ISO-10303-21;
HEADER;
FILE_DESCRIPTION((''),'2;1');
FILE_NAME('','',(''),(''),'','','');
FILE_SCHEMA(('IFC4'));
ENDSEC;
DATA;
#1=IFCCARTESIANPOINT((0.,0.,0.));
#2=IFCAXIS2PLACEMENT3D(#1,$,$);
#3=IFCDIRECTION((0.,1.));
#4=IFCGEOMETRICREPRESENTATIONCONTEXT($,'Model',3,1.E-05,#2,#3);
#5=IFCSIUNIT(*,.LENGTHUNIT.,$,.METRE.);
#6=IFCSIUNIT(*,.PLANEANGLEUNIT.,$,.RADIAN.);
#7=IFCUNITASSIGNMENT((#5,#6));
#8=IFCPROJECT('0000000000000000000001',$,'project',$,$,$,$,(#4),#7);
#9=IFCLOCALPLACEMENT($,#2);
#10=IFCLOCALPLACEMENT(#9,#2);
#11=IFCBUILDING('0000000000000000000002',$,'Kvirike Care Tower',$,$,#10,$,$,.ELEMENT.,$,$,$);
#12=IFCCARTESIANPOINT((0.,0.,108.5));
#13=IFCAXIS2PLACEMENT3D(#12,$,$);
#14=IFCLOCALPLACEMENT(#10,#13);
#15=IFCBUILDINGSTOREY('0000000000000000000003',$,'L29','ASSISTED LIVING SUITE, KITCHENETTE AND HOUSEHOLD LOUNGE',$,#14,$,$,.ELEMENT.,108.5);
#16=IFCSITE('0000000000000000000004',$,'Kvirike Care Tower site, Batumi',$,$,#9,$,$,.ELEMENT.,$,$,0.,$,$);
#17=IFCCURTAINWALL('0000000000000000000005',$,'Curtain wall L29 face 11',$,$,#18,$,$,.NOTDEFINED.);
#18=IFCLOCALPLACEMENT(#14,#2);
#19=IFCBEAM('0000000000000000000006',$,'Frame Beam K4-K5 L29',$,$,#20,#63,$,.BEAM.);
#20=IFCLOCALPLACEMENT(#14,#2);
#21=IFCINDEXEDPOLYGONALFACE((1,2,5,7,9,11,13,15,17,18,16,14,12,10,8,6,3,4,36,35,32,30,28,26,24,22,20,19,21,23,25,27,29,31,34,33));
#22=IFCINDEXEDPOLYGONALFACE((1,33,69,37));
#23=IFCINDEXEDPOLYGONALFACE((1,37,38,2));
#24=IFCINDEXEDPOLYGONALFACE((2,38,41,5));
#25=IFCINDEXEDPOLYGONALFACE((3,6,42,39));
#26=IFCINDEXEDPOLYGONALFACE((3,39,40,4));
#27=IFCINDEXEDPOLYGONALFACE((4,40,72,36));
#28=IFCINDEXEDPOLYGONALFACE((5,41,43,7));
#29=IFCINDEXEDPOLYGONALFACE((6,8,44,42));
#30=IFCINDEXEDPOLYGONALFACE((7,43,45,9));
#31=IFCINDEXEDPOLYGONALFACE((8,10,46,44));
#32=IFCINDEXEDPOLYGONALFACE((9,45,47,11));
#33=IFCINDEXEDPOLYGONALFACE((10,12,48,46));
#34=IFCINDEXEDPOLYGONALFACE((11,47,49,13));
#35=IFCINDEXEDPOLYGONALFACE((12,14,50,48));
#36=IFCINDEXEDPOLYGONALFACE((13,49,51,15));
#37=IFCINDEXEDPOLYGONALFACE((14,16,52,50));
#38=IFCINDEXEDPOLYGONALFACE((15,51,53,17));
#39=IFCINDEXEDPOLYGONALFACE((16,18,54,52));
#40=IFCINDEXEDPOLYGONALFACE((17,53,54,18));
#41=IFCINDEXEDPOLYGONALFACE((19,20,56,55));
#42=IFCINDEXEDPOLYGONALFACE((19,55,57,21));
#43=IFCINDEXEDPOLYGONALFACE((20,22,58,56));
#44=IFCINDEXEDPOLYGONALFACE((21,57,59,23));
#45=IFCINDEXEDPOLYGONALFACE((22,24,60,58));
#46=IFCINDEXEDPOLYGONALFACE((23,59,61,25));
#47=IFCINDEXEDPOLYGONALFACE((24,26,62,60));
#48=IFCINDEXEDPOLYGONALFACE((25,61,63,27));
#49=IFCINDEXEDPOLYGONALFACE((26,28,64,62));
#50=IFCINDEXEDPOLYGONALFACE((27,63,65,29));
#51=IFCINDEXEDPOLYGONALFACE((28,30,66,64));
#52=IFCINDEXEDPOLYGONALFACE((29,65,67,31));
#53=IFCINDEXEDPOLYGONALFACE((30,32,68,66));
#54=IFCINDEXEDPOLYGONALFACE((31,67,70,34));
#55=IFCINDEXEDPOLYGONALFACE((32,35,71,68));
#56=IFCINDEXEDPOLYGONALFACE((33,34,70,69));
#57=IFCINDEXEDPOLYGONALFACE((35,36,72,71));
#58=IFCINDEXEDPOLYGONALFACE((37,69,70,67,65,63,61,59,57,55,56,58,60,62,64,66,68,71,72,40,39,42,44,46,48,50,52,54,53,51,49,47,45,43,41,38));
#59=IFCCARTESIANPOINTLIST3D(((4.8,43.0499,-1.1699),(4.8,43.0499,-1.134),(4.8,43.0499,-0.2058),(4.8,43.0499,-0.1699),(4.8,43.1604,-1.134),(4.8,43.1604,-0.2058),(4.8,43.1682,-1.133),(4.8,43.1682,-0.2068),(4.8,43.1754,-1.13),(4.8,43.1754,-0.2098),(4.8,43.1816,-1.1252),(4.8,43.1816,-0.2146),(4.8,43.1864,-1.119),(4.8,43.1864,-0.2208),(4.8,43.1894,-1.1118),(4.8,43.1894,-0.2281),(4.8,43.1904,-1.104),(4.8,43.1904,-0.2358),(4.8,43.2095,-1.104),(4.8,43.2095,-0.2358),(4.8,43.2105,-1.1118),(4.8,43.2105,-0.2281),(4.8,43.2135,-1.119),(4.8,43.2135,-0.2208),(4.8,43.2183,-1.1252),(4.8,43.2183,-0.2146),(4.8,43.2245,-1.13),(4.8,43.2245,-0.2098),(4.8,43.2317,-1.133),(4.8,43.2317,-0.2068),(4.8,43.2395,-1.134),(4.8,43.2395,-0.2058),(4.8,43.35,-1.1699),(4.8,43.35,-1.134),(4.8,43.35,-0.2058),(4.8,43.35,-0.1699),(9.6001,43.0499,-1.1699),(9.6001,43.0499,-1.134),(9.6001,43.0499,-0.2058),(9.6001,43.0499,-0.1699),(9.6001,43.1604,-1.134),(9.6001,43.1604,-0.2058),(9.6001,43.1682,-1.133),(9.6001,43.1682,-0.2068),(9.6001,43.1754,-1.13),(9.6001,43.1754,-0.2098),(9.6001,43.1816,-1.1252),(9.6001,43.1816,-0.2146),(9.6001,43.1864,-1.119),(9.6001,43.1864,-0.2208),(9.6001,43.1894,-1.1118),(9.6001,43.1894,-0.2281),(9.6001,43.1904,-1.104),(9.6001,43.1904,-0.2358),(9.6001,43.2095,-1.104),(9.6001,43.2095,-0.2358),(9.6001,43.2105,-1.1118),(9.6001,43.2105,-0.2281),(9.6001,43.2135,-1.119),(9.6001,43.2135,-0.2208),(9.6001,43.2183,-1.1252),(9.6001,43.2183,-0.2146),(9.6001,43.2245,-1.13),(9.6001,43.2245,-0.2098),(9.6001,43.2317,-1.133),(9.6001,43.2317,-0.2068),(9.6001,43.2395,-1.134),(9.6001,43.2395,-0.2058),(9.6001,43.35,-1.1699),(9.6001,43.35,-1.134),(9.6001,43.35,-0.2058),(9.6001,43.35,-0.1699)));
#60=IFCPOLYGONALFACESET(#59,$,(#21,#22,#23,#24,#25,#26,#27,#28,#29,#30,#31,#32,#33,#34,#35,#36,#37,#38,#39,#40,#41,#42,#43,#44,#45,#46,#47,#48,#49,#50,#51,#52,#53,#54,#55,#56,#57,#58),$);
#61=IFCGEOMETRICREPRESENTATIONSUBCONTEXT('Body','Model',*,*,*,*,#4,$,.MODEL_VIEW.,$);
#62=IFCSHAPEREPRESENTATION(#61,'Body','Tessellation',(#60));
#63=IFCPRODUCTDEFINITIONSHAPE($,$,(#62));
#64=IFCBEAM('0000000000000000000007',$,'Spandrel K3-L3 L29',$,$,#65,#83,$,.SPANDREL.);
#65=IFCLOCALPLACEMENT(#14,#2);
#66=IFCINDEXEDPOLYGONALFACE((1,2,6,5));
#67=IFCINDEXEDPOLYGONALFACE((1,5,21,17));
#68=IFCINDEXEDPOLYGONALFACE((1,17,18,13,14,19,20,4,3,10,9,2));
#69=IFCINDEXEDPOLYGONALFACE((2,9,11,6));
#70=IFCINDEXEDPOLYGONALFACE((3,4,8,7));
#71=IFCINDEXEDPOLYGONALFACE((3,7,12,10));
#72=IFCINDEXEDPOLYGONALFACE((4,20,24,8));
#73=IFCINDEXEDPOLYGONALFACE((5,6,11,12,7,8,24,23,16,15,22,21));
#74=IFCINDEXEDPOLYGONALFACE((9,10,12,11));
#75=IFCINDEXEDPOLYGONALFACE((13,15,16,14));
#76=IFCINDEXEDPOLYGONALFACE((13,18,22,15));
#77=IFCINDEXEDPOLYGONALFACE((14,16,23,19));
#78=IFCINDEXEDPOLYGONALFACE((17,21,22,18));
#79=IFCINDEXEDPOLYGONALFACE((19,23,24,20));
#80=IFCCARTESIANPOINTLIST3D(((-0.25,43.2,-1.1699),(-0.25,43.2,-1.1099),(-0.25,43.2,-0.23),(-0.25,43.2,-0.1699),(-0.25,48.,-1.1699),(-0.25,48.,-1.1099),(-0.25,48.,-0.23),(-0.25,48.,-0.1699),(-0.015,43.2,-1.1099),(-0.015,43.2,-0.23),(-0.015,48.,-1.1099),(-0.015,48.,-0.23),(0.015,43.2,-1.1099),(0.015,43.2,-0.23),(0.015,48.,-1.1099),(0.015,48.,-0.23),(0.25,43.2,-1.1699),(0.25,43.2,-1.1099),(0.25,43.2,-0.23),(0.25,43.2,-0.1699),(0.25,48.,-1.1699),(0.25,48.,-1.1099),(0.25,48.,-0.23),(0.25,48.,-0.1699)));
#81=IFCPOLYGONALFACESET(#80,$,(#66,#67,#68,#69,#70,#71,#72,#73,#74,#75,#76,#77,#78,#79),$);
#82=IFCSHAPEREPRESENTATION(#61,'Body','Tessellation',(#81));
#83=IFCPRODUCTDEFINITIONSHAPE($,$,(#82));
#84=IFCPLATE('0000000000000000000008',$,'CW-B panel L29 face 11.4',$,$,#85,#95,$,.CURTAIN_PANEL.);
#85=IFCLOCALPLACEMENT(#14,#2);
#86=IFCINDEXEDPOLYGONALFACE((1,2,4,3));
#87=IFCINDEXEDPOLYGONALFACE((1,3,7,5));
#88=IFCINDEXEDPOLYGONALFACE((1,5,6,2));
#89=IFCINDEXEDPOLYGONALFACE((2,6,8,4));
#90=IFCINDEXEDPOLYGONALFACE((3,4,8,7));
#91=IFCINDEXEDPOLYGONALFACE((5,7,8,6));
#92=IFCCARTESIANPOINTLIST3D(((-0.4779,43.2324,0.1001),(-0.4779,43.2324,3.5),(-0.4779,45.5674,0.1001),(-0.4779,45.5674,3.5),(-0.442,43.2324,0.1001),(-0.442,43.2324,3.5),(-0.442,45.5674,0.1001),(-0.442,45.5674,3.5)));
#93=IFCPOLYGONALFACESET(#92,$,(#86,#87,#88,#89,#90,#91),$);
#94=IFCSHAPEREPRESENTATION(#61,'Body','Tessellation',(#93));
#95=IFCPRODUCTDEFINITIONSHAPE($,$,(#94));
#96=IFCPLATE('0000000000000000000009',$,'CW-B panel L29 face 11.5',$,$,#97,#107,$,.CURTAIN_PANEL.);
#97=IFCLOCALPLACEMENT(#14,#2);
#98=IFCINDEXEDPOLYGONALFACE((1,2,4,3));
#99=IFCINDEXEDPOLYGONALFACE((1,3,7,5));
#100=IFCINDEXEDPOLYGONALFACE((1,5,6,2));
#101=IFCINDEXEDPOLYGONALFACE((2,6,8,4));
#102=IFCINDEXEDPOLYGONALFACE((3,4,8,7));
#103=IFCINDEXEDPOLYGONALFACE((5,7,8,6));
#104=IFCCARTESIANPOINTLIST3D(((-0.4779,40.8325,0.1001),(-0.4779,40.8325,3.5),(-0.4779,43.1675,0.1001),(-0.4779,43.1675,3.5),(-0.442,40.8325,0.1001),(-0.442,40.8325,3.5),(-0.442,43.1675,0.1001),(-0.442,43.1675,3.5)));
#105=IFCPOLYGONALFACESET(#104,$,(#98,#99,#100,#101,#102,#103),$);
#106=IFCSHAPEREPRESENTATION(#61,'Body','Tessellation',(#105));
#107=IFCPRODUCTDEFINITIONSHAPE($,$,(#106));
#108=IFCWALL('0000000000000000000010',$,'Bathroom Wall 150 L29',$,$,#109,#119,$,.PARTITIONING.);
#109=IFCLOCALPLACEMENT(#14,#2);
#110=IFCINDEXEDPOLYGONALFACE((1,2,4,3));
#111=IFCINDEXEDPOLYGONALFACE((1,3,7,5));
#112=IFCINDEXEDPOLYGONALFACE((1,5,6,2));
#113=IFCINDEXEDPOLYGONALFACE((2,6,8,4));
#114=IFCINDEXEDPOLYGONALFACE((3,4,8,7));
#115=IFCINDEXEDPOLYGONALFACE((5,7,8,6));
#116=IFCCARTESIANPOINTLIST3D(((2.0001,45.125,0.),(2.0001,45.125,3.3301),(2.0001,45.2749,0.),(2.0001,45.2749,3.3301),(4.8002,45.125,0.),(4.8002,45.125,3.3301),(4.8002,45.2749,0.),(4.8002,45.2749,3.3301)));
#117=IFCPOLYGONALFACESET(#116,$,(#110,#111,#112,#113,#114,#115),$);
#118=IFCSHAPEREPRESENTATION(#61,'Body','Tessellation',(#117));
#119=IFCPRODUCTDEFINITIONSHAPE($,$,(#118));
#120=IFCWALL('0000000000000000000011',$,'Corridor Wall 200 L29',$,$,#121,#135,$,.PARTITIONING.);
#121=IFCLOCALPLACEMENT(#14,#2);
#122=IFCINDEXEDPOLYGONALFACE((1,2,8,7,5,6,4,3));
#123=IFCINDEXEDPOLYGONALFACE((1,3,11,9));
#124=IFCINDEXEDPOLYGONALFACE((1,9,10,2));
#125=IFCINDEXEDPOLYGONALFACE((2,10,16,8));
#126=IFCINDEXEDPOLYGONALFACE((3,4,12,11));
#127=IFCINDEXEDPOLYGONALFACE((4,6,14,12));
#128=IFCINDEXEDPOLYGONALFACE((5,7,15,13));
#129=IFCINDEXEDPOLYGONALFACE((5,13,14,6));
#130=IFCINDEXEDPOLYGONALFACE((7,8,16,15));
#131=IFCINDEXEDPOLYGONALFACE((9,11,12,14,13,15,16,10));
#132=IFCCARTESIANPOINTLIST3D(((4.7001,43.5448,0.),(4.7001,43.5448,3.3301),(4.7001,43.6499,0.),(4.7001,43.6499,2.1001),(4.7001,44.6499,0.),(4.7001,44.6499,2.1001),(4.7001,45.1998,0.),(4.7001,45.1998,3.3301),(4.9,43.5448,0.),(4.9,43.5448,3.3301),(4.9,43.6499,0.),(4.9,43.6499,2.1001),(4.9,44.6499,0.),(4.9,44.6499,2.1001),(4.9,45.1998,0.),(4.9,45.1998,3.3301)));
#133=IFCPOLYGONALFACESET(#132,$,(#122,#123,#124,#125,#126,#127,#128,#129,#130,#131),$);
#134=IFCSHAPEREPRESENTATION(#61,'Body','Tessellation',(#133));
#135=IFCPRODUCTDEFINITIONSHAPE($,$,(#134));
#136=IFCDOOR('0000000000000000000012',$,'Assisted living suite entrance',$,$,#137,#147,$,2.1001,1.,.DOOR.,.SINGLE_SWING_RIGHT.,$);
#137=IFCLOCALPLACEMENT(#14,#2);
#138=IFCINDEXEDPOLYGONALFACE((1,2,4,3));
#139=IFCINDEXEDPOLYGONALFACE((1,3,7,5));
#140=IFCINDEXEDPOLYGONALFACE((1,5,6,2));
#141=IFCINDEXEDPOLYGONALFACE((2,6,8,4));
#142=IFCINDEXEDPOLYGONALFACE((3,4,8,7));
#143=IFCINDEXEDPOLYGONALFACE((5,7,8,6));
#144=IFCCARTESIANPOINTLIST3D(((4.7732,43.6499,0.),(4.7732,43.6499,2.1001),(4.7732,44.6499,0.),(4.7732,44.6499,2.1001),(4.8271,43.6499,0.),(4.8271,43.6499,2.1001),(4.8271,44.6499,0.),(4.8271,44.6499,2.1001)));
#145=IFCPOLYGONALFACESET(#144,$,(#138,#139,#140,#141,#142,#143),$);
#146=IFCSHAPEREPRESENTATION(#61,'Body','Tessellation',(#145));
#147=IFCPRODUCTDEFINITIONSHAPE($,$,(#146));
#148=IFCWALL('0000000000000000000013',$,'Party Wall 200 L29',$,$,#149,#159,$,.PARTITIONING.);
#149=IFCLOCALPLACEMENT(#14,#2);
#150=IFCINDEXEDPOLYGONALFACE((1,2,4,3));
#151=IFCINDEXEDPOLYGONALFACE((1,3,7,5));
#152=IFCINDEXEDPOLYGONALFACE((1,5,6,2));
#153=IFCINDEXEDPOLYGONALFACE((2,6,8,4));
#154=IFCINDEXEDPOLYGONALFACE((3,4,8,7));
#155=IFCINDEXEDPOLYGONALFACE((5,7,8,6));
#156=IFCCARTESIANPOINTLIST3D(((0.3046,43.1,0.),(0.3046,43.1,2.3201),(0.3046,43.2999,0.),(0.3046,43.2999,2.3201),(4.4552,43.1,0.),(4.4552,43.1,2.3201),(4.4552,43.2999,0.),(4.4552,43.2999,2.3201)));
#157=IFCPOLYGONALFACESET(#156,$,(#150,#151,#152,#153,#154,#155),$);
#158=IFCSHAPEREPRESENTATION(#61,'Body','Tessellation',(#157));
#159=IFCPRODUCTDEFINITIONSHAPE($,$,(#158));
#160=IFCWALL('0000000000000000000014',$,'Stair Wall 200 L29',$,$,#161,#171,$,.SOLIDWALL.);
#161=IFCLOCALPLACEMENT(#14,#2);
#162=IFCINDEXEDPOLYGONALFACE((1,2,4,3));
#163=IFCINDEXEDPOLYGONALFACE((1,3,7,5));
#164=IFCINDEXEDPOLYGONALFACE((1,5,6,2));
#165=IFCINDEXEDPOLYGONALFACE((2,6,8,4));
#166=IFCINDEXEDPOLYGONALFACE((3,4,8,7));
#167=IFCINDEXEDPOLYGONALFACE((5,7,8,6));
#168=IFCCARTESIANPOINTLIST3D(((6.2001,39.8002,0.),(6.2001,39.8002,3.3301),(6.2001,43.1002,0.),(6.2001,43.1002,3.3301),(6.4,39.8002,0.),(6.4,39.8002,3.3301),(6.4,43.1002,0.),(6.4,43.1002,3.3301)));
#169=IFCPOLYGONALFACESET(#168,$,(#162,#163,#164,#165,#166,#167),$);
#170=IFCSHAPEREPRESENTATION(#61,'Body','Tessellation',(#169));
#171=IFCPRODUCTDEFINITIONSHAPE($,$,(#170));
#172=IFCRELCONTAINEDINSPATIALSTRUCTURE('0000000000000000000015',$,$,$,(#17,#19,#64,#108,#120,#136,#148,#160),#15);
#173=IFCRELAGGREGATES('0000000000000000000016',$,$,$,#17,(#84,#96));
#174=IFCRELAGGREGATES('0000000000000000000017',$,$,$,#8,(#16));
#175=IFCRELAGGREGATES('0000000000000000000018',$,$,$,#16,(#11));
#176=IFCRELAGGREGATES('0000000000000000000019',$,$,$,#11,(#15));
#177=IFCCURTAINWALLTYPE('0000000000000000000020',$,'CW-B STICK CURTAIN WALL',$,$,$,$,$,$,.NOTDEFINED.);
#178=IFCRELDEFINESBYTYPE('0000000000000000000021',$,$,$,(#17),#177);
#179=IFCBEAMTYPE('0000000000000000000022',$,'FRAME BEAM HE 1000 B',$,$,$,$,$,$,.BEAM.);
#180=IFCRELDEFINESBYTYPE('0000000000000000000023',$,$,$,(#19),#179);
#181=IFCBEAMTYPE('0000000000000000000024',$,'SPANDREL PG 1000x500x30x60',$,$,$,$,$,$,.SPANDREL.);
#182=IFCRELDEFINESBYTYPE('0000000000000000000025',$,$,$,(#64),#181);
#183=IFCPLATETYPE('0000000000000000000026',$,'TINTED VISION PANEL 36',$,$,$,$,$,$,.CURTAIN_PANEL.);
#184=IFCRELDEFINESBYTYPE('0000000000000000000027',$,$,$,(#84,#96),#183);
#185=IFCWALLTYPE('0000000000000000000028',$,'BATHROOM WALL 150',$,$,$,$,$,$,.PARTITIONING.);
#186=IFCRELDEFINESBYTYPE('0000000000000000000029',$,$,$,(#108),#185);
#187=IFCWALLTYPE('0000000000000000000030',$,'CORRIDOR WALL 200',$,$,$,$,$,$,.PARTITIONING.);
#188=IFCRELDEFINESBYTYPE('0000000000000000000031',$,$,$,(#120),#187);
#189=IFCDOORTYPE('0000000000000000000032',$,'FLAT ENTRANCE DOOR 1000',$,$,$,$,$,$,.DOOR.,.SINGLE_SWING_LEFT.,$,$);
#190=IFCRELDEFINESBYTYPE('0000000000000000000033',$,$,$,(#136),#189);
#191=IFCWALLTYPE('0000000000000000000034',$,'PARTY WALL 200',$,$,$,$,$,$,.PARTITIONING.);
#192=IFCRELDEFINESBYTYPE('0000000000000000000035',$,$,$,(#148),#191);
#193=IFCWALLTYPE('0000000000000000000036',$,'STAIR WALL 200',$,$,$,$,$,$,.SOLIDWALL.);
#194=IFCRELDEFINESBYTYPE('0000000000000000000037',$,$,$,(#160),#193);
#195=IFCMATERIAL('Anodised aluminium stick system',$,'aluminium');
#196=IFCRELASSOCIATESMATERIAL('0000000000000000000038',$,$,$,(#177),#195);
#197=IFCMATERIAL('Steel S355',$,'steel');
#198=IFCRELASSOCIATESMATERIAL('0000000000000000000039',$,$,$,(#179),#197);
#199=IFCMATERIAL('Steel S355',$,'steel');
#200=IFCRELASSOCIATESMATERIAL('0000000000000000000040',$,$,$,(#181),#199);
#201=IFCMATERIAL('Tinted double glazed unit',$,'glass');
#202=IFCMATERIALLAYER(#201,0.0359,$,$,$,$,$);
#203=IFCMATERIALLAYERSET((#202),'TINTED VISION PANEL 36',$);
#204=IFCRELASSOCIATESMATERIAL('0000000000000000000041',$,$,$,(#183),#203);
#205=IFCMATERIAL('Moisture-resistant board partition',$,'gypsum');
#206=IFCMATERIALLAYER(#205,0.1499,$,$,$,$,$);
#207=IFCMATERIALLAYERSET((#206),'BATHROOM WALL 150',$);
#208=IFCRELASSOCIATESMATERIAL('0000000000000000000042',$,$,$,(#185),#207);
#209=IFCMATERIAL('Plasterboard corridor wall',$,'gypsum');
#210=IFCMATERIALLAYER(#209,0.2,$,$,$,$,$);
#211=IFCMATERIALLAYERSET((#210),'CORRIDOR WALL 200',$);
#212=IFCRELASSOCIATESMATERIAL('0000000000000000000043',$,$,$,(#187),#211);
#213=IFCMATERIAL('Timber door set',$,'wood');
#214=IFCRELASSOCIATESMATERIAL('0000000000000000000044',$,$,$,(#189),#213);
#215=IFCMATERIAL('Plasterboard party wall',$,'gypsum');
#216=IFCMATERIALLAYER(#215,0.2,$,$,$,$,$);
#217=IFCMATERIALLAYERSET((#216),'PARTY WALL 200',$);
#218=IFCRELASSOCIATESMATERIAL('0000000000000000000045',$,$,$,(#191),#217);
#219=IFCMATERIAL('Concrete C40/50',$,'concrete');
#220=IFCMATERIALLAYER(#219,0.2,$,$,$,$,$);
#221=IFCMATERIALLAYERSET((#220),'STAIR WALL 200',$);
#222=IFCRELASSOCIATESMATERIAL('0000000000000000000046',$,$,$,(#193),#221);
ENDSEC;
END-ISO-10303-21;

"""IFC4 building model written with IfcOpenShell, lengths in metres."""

from ifc_helpers import new_model, si_unit, direction, frame, frame_2d, origin, origin_2d, place, context, subcontext, project, spatial, rectangle, i_section, extrude, material, layer, layer_set, material_profile, profile_set, type_object, element, fill, aggregate, save


model = new_model("IFC4")

# Units and contexts
model_context = context("Model", 3, precision=1e-05, world=origin(), true_north=direction((0.0, 1.0)))
body_context = subcontext(model_context, "Body", "Model", "MODEL_VIEW")
ifc_project = project(units=[si_unit("LENGTHUNIT", "METRE"), si_unit("PLANEANGLEUNIT", "RADIAN")], contexts=[model_context])

# Site, building, storey
site_placement = place(None, origin())
site = spatial("IfcSite", under=ifc_project, at=site_placement, Name="Kvirike Care Tower site, Batumi", CompositionType="ELEMENT", RefElevation=0.0)
building_placement = place(site_placement, origin())
building = spatial("IfcBuilding", under=site, at=building_placement, Name="Kvirike Care Tower", CompositionType="ELEMENT")
storey_placement = place(building_placement, frame((0.0, 0.0, 108.5)))
storey = spatial("IfcBuildingStorey", under=building, at=storey_placement, Name="L29", Description="ASSISTED LIVING SUITE, KITCHENETTE AND HOUSEHOLD LOUNGE", CompositionType="ELEMENT", Elevation=108.5)

# Curtain wall
ifc_material_1 = material(Name="Anodised aluminium stick system", Category="aluminium")
curtain_wall_type = type_object("IfcCurtainWallType", Name="CW-B STICK CURTAIN WALL", PredefinedType="NOTDEFINED", material=ifc_material_1)
curtain_wall_placement = place(storey_placement, origin())
curtain_wall = element("IfcCurtainWall", 1, at=curtain_wall_placement, inside=storey, type_object=curtain_wall_type, Name="Curtain wall L29 face 11", PredefinedType="NOTDEFINED")

# Beams
ifc_material_2 = material(Name="Steel S355", Category="steel")
ifc_material_profile_1 = material_profile(ifc_material_2, i_section(OverallWidth=0.3, OverallDepth=1.0, WebThickness=0.019, FlangeThickness=0.0359, FilletRadius=0.03, at=origin_2d()), Name="HE 1000 B")
ifc_profile_set_1 = profile_set([ifc_material_profile_1], Name="Steel S355")
beam_type_1 = type_object("IfcBeamType", Name="FRAME BEAM HE 1000 B", PredefinedType="BEAM", material=ifc_profile_set_1)
for number, where, z_axis, x_axis, name in (
    (2, (4.8, 43.2, -0.6699), (1.0, 0.0, 0.0), (0.0, 1.0, 0.0), "Frame Beam K4-K5 L29"),
):
    element("IfcBeam", number, at=place(storey_placement, frame(where, z_axis=z_axis, x_axis=x_axis)), inside=storey, type_object=beam_type_1, Name=name, PredefinedType="BEAM", context=body_context, shape_type="SweptSolid", body=[
        extrude(i_section(OverallWidth=0.3, OverallDepth=1.0, WebThickness=0.019, FlangeThickness=0.0359, FilletRadius=0.03, at=origin_2d()), origin(), (0.0, 0.0, 1.0), 4.8),
    ])
ifc_material_3 = material(Name="Steel S355", Category="steel")
ifc_material_profile_2 = material_profile(ifc_material_3, i_section(OverallWidth=0.5, OverallDepth=1.0, WebThickness=0.03, FlangeThickness=0.0601, at=origin_2d()), Name="PG 1000x500x30x60")
ifc_profile_set_2 = profile_set([ifc_material_profile_2], Name="Steel S355")
beam_type_2 = type_object("IfcBeamType", Name="SPANDREL PG 1000x500x30x60", PredefinedType="SPANDREL", material=ifc_profile_set_2)
beam_placement = place(storey_placement, frame((0.0, 43.2, -0.6699), z_axis=(0.0, 1.0, 0.0), x_axis=(-1.0, 0.0, 0.0)))
element("IfcBeam", 3, at=beam_placement, inside=storey, type_object=beam_type_2, Name="Spandrel K3-L3 L29", PredefinedType="SPANDREL", context=body_context, shape_type="SweptSolid", body=[
    extrude(i_section(OverallWidth=0.5, OverallDepth=1.0, WebThickness=0.03, FlangeThickness=0.0601, at=origin_2d()), origin(), (0.0, 0.0, 1.0), 4.8),
])

# Plates
ifc_material_4 = material(Name="Tinted double glazed unit", Category="glass")
ifc_layer_1 = layer(ifc_material_4, 0.0359)
ifc_layer_set_1 = layer_set([ifc_layer_1], Name="TINTED VISION PANEL 36")
plate_type = type_object("IfcPlateType", Name="TINTED VISION PANEL 36", PredefinedType="CURTAIN_PANEL", material=ifc_layer_set_1)
plate_1_placement = place(storey_placement, frame((-0.46, 44.3999, 0.1001), z_axis=(0.0, 0.0, 1.0), x_axis=(0.0, -1.0, 0.0)))
plate_1 = element("IfcPlate", 4, at=plate_1_placement, type_object=plate_type, Name="CW-B panel L29 face 11.4", PredefinedType="CURTAIN_PANEL", context=body_context, shape_type="SweptSolid", body=[
    extrude(rectangle(XDim=2.335, YDim=0.0359, at=origin_2d()), origin(), (0.0, 0.0, 1.0), 3.3999),
])
plate_2_placement = place(storey_placement, frame((-0.46, 42.0, 0.1001), z_axis=(0.0, 0.0, 1.0), x_axis=(0.0, -1.0, 0.0)))
plate_2 = element("IfcPlate", 5, at=plate_2_placement, type_object=plate_type, Name="CW-B panel L29 face 11.5", PredefinedType="CURTAIN_PANEL", context=body_context, shape_type="SweptSolid", body=[
    extrude(rectangle(XDim=2.335, YDim=0.0359, at=origin_2d()), origin(), (0.0, 0.0, 1.0), 3.3999),
])
aggregate(curtain_wall, [plate_1, plate_2])

# Wall
ifc_material_5 = material(Name="Moisture-resistant board partition", Category="gypsum")
ifc_layer_2 = layer(ifc_material_5, 0.1499)
ifc_layer_set_2 = layer_set([ifc_layer_2], Name="BATHROOM WALL 150")
wall_type_1 = type_object("IfcWallType", Name="BATHROOM WALL 150", PredefinedType="PARTITIONING", material=ifc_layer_set_2)
wall_1_placement = place(storey_placement, frame((4.8, 45.2, 0.0), z_axis=(0.0, 0.0, 1.0), x_axis=(-1.0, 0.0, 0.0)))
element("IfcWall", 6, at=wall_1_placement, inside=storey, type_object=wall_type_1, Name="Bathroom Wall 150 L29", PredefinedType="PARTITIONING", context=body_context, shape_type="SweptSolid", body=[
    extrude(rectangle(XDim=2.8, YDim=0.1499, at=frame_2d((1.3999, 0.0))), origin(), (0.0, 0.0, 1.0), 3.3301),
])

# Wall, opening, door
ifc_material_6 = material(Name="Plasterboard corridor wall", Category="gypsum")
ifc_layer_3 = layer(ifc_material_6, 0.2)
ifc_layer_set_3 = layer_set([ifc_layer_3], Name="CORRIDOR WALL 200")
wall_type_2 = type_object("IfcWallType", Name="CORRIDOR WALL 200", PredefinedType="PARTITIONING", material=ifc_layer_set_3)
wall_2_placement = place(storey_placement, frame((4.8, 45.2, 0.0), z_axis=(0.0, 0.0, 1.0), x_axis=(0.0, -1.0, 0.0)))
wall_2 = element("IfcWall", 7, at=wall_2_placement, inside=storey, type_object=wall_type_2, Name="Corridor Wall 200 L29", PredefinedType="PARTITIONING", context=body_context, shape_type="SweptSolid", body=[
    extrude(rectangle(XDim=1.655, YDim=0.2, at=frame_2d((0.8276, 0.0))), origin(), (0.0, 0.0, 1.0), 3.3301),
])
opening_placement = place(wall_2_placement, frame((0.55, 0.0, 0.0)))
opening = element("IfcOpeningElement", 8, at=opening_placement, cuts=wall_2, PredefinedType="OPENING", context=body_context, shape_type="SweptSolid", body=[
    extrude(rectangle(XDim=1.0, YDim=2.1001, at=frame_2d((0.5, 1.05))), frame((0.0, 0.1106, 0.0), z_axis=(0.0, -1.0, 0.0), x_axis=(1.0, 0.0, 0.0)), (0.0, 0.0, 1.0), 0.2209),
])
ifc_material_7 = material(Name="Timber door set", Category="wood")
door_type = type_object("IfcDoorType", Name="FLAT ENTRANCE DOOR 1000", OperationType="SINGLE_SWING_LEFT", PredefinedType="DOOR", material=ifc_material_7)
door_placement = place(opening_placement, frame((1.0, 0.0, 0.0), z_axis=(0.0, 0.0, 1.0), x_axis=(-1.0, 0.0, 0.0)))
door = element("IfcDoor", 9, at=door_placement, inside=storey, type_object=door_type, Name="Assisted living suite entrance", OperationType="SINGLE_SWING_RIGHT", OverallHeight=2.1001, OverallWidth=1.0, PredefinedType="DOOR", context=body_context, shape_type="SweptSolid", body=[
    extrude(rectangle(XDim=1.0, YDim=2.1001, at=frame_2d((0.5, 1.05))), frame((0.0, 0.0269, 0.0), z_axis=(0.0, -1.0, 0.0), x_axis=(1.0, 0.0, 0.0)), (0.0, 0.0, 1.0), 0.054),
])
fill(opening, door)

# Walls
ifc_material_8 = material(Name="Plasterboard party wall", Category="gypsum")
ifc_layer_4 = layer(ifc_material_8, 0.2)
ifc_layer_set_4 = layer_set([ifc_layer_4], Name="PARTY WALL 200")
wall_type_3 = type_object("IfcWallType", Name="PARTY WALL 200", PredefinedType="PARTITIONING", material=ifc_layer_set_4)
wall_3_placement = place(storey_placement, frame((4.4551, 43.2, 0.0), z_axis=(0.0, 0.0, 1.0), x_axis=(-1.0, 0.0, 0.0)))
element("IfcWall", 10, at=wall_3_placement, inside=storey, type_object=wall_type_3, Name="Party Wall 200 L29", PredefinedType="PARTITIONING", context=body_context, shape_type="SweptSolid", body=[
    extrude(rectangle(XDim=4.1506, YDim=0.2, at=frame_2d((2.0752, 0.0))), origin(), (0.0, 0.0, 1.0), 2.3201),
])
ifc_material_9 = material(Name="Concrete C40/50", Category="concrete")
ifc_layer_5 = layer(ifc_material_9, 0.2)
ifc_layer_set_5 = layer_set([ifc_layer_5], Name="STAIR WALL 200")
wall_type_4 = type_object("IfcWallType", Name="STAIR WALL 200", PredefinedType="SOLIDWALL", material=ifc_layer_set_5)
wall_4_placement = place(storey_placement, frame((6.3, 43.1001, 0.0), z_axis=(0.0, 0.0, 1.0), x_axis=(0.0, -1.0, 0.0)))
element("IfcWall", 11, at=wall_4_placement, inside=storey, type_object=wall_type_4, Name="Stair Wall 200 L29", PredefinedType="SOLIDWALL", context=body_context, shape_type="SweptSolid", body=[
    extrude(rectangle(XDim=3.3, YDim=0.2, at=frame_2d((1.6499, 0.0))), origin(), (0.0, 0.0, 1.0), 3.3301),
])

save(model, "model.ifc")
